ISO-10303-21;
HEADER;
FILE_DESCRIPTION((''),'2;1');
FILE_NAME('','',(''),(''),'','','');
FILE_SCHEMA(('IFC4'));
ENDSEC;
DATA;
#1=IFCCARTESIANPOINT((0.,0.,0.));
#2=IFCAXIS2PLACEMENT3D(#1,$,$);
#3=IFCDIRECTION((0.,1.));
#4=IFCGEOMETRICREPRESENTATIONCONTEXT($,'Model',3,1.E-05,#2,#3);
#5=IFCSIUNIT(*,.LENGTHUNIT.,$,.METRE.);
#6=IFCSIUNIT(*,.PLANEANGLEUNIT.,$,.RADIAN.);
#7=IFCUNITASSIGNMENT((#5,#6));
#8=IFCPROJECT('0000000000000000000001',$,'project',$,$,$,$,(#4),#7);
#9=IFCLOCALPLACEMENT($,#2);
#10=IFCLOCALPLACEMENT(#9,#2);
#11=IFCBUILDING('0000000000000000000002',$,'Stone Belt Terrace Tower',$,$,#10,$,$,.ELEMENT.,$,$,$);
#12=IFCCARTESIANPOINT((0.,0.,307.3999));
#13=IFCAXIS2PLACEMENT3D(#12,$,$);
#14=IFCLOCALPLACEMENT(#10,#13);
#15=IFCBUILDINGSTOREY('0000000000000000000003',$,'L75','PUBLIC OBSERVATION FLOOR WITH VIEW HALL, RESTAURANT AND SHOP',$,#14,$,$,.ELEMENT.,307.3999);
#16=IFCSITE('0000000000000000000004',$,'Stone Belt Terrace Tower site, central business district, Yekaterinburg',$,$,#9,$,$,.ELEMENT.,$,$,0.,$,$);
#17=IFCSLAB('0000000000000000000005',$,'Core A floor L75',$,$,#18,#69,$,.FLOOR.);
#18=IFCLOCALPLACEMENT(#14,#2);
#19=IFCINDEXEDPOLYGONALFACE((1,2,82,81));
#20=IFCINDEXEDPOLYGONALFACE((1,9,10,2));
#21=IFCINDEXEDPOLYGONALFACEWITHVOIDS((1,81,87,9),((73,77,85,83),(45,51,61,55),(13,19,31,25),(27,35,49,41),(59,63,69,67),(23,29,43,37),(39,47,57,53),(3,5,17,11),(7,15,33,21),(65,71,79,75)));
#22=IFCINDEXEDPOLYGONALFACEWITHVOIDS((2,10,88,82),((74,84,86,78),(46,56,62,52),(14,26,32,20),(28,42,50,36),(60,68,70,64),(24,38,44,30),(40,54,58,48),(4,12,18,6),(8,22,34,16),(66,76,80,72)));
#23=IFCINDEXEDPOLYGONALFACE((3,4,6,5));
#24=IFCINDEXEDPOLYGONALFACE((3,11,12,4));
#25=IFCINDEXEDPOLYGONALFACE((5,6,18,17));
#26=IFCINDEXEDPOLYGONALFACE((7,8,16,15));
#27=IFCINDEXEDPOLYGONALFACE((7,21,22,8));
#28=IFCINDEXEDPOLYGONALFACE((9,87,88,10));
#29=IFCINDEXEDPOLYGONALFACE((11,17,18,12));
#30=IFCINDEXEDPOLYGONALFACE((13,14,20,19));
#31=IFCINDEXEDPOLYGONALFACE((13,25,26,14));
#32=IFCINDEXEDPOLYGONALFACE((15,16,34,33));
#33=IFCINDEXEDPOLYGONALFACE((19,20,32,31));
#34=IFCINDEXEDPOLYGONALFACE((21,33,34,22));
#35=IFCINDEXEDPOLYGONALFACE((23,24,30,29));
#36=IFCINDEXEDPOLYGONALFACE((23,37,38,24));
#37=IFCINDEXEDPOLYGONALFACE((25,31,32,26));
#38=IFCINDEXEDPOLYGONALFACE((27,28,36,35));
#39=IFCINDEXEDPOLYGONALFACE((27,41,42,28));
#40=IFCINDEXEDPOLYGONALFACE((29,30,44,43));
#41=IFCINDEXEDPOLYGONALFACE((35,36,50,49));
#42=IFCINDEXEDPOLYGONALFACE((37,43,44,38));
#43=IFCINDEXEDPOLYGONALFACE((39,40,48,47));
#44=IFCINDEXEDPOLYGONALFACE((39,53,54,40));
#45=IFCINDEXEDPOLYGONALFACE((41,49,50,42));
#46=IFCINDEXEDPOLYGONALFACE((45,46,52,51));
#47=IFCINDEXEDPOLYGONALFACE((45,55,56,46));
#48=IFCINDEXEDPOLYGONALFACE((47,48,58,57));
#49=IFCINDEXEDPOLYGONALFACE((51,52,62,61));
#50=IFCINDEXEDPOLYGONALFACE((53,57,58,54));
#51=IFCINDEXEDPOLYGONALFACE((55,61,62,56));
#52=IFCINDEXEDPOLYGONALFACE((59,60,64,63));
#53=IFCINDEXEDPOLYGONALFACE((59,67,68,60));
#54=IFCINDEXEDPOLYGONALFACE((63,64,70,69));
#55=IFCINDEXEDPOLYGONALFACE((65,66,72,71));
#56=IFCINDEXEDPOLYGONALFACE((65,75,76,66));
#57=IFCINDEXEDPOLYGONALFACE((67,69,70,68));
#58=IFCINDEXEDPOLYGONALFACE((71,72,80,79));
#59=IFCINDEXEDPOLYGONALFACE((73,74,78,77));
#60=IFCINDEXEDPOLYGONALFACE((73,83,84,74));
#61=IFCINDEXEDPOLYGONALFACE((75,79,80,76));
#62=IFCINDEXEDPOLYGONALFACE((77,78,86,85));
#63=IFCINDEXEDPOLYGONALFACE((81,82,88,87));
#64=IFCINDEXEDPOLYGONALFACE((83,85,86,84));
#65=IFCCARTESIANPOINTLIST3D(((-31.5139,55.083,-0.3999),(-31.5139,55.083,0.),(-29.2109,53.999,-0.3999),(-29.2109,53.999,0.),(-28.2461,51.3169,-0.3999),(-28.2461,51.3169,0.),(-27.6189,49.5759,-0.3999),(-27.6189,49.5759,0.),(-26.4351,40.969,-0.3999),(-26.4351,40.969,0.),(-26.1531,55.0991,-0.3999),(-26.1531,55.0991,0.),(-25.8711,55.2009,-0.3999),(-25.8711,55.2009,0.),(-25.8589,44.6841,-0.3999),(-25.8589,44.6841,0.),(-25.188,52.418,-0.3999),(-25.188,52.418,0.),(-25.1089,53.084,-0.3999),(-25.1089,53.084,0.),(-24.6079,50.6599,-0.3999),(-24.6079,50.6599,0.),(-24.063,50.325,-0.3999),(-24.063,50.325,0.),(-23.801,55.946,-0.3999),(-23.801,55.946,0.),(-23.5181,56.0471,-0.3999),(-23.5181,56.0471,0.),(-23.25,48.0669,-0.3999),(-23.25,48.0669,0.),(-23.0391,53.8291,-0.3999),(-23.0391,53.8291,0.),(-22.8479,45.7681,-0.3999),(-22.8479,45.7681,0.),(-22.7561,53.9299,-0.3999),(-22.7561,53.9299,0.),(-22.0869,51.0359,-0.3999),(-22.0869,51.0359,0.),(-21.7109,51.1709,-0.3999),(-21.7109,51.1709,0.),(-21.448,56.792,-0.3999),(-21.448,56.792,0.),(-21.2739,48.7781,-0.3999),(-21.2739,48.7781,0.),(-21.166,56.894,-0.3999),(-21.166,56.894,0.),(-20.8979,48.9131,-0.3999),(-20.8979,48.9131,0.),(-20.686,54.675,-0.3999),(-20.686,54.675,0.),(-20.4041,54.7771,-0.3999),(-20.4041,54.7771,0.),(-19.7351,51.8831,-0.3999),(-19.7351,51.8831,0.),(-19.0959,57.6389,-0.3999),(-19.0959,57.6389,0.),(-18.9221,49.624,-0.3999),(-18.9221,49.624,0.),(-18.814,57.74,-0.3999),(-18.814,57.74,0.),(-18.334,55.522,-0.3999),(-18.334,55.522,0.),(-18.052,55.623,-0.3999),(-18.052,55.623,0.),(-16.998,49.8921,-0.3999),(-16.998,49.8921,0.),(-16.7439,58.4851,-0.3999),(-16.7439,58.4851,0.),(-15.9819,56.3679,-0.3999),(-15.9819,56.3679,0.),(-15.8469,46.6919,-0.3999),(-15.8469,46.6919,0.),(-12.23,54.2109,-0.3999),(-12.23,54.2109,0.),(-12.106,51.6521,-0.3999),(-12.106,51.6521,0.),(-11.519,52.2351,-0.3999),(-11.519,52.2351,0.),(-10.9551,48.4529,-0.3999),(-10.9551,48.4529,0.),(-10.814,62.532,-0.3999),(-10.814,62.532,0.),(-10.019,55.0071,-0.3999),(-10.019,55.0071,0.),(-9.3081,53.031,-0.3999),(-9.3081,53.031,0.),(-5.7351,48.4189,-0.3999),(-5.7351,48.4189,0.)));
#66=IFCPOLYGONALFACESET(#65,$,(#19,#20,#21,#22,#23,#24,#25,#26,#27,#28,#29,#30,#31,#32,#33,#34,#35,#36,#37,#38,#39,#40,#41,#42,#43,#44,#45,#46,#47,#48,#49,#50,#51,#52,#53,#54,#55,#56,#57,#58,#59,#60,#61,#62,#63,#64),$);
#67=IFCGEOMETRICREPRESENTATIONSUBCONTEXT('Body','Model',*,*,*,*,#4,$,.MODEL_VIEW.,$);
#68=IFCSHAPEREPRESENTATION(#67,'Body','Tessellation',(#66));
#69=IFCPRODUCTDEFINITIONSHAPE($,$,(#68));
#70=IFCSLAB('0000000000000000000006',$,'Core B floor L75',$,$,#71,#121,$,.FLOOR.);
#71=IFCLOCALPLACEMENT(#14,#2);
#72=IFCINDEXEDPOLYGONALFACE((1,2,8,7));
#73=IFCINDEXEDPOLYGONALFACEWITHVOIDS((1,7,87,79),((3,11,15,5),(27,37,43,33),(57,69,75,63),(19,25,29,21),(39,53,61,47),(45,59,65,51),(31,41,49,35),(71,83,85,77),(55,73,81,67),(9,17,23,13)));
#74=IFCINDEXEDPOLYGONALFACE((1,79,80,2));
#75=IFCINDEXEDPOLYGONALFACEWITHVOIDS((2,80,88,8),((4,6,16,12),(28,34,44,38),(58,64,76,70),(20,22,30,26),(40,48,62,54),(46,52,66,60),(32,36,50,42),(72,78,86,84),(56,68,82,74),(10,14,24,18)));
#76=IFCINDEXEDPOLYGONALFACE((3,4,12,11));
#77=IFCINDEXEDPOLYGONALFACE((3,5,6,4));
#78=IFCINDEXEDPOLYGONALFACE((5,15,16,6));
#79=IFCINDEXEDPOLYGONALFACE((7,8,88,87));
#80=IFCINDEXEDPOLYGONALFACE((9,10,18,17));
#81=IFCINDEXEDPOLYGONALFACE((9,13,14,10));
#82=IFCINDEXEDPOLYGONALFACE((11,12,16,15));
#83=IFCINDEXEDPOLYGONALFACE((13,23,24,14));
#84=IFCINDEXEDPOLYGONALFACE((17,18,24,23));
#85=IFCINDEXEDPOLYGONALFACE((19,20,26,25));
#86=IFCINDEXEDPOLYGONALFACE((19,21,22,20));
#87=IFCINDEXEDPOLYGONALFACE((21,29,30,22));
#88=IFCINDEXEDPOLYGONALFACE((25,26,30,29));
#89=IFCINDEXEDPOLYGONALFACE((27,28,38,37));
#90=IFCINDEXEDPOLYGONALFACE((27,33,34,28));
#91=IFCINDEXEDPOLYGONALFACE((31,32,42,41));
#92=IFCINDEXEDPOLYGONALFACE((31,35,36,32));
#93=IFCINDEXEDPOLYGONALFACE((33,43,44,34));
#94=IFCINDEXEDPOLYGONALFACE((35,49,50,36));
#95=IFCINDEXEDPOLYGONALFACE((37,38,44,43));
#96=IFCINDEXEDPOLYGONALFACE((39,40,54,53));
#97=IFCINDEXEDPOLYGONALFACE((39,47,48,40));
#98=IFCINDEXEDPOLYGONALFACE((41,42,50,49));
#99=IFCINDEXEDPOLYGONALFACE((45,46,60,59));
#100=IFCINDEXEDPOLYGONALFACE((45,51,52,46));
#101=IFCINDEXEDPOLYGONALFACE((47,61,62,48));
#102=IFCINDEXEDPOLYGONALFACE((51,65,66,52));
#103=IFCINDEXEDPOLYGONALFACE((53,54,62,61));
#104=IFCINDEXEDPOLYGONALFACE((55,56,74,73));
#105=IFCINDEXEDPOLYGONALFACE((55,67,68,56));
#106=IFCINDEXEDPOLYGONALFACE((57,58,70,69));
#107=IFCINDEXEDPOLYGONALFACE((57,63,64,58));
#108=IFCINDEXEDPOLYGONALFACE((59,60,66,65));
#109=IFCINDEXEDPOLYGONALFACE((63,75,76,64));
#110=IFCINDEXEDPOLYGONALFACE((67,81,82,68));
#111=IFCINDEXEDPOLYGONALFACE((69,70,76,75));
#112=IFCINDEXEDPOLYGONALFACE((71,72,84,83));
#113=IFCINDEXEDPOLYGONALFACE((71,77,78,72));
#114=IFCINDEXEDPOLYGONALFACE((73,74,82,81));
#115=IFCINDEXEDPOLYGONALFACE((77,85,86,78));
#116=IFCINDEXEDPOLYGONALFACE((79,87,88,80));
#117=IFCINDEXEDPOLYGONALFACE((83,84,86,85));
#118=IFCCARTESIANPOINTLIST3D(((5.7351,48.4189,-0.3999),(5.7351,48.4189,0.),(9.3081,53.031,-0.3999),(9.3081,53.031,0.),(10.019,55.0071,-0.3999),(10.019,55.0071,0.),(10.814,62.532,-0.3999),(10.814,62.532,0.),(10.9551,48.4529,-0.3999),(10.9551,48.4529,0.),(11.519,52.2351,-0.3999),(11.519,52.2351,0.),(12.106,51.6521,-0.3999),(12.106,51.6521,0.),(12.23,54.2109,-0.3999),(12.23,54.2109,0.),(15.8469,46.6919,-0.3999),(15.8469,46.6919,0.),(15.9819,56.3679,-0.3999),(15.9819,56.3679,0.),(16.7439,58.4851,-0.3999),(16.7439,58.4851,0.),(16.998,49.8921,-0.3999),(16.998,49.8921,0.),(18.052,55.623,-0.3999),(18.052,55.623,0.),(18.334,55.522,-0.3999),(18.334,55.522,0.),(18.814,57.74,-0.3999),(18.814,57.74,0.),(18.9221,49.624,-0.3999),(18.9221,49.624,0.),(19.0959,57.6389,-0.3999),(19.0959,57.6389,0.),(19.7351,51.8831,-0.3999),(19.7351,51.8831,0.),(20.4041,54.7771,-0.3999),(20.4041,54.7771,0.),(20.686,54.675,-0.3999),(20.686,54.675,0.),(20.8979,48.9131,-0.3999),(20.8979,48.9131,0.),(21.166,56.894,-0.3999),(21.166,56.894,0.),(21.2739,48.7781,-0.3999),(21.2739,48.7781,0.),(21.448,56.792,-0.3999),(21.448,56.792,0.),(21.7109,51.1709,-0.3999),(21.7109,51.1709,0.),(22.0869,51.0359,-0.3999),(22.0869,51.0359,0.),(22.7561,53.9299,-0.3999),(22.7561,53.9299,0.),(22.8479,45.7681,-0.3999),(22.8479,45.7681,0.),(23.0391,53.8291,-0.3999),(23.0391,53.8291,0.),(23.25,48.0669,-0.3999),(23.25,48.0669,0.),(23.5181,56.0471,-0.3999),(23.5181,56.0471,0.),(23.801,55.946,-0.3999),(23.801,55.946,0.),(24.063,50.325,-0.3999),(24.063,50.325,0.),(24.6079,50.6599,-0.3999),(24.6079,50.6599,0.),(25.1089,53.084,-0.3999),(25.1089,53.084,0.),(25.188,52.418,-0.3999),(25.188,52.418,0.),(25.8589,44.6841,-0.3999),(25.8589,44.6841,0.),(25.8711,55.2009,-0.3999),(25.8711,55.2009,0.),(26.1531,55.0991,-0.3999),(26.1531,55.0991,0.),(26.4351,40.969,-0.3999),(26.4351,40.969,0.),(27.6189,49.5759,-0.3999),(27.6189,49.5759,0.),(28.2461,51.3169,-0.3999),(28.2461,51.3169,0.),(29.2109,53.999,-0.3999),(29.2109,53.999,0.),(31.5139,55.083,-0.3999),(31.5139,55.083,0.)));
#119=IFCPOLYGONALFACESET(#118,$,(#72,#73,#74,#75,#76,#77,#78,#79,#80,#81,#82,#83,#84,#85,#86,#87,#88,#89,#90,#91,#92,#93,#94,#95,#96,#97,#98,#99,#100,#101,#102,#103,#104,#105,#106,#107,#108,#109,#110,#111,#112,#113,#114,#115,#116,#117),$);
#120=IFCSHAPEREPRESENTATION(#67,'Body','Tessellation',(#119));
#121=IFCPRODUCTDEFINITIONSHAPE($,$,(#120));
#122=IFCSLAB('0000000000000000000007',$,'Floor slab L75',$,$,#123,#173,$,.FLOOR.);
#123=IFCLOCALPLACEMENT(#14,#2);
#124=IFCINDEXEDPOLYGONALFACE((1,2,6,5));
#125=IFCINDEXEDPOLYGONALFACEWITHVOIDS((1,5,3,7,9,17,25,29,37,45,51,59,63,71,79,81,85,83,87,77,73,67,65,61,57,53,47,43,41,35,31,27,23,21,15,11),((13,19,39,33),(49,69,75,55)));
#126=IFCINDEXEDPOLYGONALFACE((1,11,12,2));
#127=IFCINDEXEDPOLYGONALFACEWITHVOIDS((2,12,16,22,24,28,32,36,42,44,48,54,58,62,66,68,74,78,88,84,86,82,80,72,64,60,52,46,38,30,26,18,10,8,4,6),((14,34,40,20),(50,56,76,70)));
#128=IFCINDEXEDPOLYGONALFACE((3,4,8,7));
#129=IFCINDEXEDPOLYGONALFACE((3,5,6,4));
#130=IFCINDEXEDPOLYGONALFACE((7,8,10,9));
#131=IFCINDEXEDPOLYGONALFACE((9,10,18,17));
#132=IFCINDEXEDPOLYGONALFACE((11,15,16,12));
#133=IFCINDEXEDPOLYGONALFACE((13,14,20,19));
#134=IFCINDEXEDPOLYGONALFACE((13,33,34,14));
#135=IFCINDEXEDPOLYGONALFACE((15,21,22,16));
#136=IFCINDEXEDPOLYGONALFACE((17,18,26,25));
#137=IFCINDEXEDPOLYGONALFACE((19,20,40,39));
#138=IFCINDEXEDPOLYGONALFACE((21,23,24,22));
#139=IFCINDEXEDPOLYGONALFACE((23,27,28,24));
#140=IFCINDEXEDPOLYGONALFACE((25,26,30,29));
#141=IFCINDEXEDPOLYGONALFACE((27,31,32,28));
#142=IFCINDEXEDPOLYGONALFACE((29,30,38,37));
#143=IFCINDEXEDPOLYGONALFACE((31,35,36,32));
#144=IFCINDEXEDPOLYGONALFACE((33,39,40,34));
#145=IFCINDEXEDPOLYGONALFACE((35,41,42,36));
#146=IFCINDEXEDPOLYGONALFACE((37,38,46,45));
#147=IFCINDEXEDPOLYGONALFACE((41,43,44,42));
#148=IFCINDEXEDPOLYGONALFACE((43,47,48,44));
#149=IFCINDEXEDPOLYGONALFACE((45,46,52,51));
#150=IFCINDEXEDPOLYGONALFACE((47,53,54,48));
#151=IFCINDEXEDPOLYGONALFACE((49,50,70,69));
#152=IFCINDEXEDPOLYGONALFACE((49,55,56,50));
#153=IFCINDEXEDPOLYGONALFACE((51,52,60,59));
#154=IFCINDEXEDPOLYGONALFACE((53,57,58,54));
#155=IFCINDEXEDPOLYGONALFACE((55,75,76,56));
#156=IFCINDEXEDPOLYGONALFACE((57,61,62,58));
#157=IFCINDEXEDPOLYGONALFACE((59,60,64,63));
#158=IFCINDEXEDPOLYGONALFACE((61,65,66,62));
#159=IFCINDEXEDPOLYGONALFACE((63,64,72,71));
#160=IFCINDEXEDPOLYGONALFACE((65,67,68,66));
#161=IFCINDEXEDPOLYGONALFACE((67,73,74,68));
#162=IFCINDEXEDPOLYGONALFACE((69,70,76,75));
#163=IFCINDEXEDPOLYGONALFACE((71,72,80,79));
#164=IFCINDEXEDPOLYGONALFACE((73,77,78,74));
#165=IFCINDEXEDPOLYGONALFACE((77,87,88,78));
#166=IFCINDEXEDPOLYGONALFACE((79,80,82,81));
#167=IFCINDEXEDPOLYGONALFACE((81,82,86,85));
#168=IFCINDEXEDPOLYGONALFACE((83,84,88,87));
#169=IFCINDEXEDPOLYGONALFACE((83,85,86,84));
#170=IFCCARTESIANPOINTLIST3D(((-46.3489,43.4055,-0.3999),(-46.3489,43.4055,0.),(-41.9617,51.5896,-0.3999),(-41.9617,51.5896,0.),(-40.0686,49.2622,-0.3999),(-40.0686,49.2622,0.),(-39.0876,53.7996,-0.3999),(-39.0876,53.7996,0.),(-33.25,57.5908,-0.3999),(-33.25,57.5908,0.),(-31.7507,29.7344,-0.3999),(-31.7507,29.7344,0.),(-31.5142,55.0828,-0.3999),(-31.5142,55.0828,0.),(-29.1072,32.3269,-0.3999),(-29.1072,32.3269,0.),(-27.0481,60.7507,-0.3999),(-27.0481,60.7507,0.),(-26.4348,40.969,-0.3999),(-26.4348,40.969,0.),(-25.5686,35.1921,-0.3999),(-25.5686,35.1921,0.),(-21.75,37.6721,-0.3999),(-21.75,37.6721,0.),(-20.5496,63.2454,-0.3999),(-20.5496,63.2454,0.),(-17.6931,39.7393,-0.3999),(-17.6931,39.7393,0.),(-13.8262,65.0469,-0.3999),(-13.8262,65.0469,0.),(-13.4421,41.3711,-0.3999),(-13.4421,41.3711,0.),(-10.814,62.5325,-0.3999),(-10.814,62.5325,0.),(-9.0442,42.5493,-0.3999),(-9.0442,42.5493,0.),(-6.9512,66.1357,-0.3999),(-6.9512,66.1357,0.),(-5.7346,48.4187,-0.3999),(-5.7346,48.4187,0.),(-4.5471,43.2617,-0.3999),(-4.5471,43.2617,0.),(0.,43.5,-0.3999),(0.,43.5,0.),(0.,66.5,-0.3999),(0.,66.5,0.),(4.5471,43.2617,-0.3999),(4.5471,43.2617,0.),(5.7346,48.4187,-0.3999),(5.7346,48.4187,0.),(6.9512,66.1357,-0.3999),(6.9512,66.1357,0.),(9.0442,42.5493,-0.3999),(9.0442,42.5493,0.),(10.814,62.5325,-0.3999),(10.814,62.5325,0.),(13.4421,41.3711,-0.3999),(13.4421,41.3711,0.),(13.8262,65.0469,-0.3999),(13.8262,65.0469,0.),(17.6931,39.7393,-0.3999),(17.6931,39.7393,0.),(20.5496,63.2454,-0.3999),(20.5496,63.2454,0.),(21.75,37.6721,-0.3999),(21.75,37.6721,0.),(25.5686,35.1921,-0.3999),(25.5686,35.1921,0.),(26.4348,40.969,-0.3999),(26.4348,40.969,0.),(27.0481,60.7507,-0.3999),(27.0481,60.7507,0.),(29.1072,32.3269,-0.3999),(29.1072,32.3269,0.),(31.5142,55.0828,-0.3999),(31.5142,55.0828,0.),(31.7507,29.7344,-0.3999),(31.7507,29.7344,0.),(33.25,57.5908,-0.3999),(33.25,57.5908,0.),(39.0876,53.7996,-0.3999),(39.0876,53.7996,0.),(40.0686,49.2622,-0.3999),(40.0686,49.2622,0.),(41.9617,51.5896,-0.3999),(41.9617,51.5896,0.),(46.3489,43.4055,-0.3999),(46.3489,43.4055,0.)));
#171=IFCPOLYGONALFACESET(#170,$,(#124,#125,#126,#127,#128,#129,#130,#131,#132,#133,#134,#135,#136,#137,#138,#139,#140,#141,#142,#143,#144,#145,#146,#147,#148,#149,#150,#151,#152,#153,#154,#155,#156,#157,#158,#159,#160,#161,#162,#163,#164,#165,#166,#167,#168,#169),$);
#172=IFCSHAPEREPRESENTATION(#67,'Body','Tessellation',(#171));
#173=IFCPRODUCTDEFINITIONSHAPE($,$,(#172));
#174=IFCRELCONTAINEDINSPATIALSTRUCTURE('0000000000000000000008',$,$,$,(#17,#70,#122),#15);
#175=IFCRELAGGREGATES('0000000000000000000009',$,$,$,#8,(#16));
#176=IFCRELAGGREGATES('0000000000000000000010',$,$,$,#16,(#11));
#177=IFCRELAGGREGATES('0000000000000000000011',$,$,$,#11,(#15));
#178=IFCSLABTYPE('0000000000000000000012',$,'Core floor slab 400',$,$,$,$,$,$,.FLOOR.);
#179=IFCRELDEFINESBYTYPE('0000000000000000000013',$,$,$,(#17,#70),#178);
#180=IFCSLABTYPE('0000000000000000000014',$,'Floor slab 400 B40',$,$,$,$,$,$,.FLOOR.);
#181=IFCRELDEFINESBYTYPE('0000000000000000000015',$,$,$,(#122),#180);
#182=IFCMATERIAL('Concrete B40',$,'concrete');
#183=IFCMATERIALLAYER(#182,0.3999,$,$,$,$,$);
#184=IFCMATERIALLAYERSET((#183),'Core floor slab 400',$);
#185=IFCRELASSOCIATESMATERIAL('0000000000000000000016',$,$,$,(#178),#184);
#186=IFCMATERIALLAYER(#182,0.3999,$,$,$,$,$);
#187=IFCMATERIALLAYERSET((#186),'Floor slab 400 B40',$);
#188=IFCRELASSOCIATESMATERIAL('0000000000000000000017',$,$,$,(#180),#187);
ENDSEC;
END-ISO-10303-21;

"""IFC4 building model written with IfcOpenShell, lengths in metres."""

from ifc_helpers import new_model, si_unit, direction, frame, origin, place, context, subcontext, project, spatial, polyline, outline, extrude, material, layer, layer_set, type_object, element, save


model = new_model("IFC4")

# Units and contexts
model_context = context("Model", 3, precision=1e-05, world=origin(), true_north=direction((0.0, 1.0)))
body_context = subcontext(model_context, "Body", "Model", "MODEL_VIEW")
ifc_project = project(units=[si_unit("LENGTHUNIT", "METRE"), si_unit("PLANEANGLEUNIT", "RADIAN")], contexts=[model_context])

# Site, building, storey
site_placement = place(None, origin())
site = spatial("IfcSite", under=ifc_project, at=site_placement, Name="Stone Belt Terrace Tower site, central business district, Yekaterinburg", CompositionType="ELEMENT", RefElevation=0.0)
building_placement = place(site_placement, origin())
building = spatial("IfcBuilding", under=site, at=building_placement, Name="Stone Belt Terrace Tower", CompositionType="ELEMENT")
storey_placement = place(building_placement, frame((0.0, 0.0, 307.3999)))
storey = spatial("IfcBuildingStorey", under=building, at=storey_placement, Name="L75", Description="PUBLIC OBSERVATION FLOOR WITH VIEW HALL, RESTAURANT AND SHOP", CompositionType="ELEMENT", Elevation=307.3999)

# Slabs
ifc_material_1 = material(Name="Concrete B40", Category="concrete")
ifc_layer_1 = layer(ifc_material_1, 0.3999)
ifc_layer_set_1 = layer_set([ifc_layer_1], Name="Core floor slab 400")
slab_type_1 = type_object("IfcSlabType", Name="Core floor slab 400", PredefinedType="FLOOR", material=ifc_layer_set_1)
slab_1_placement = place(storey_placement, frame((0.0, 0.0, -0.3999)))
element("IfcSlab", 1, at=slab_1_placement, inside=storey, type_object=slab_type_1, Name="Core A floor L75", PredefinedType="FLOOR", context=body_context, shape_type="SweptSolid", body=[
    extrude(outline(polyline([(-26.4351, 40.969), (-5.7351, 48.4189), (-10.814, 62.532), (-31.5139, 55.083), (-26.4351, 40.969)]), holes=[polyline([(-24.6079, 50.6599), (-22.8479, 45.7681), (-25.8589, 44.6841), (-27.6189, 49.5759), (-24.6079, 50.6599)]), polyline([(-10.9551, 48.4529), (-15.8469, 46.6919), (-16.998, 49.8921), (-12.106, 51.6521), (-10.9551, 48.4529)]), polyline([(-22.0869, 51.0359), (-21.2739, 48.7781), (-23.25, 48.0669), (-24.063, 50.325), (-22.0869, 51.0359)]), polyline([(-18.9221, 49.624), (-20.8979, 48.9131), (-21.7109, 51.1709), (-19.7351, 51.8831), (-18.9221, 49.624)]), polyline([(-29.2109, 53.999), (-26.1531, 55.0991), (-25.188, 52.418), (-28.2461, 51.3169), (-29.2109, 53.999)]), polyline([(-10.019, 55.0071), (-9.3081, 53.031), (-11.519, 52.2351), (-12.23, 54.2109), (-10.019, 55.0071)]), polyline([(-25.8711, 55.2009), (-23.801, 55.946), (-23.0391, 53.8291), (-25.1089, 53.084), (-25.8711, 55.2009)]), polyline([(-23.5181, 56.0471), (-21.448, 56.792), (-20.686, 54.675), (-22.7561, 53.9299), (-23.5181, 56.0471)]), polyline([(-19.0959, 57.6389), (-18.334, 55.522), (-20.4041, 54.7771), (-21.166, 56.894), (-19.0959, 57.6389)]), polyline([(-16.7439, 58.4851), (-15.9819, 56.3679), (-18.052, 55.623), (-18.814, 57.74), (-16.7439, 58.4851)])]), origin(), (0.0, 0.0, 1.0), 0.3999),
])
slab_2_placement = place(storey_placement, frame((0.0, 0.0, -0.3999)))
element("IfcSlab", 2, at=slab_2_placement, inside=storey, type_object=slab_type_1, Name="Core B floor L75", PredefinedType="FLOOR", context=body_context, shape_type="SweptSolid", body=[
    extrude(outline(polyline([(26.4351, 40.969), (31.5139, 55.083), (10.814, 62.532), (5.7351, 48.4189), (26.4351, 40.969)]), holes=[polyline([(27.6189, 49.5759), (25.8589, 44.6841), (22.8479, 45.7681), (24.6079, 50.6599), (27.6189, 49.5759)]), polyline([(12.106, 51.6521), (16.998, 49.8921), (15.8469, 46.6919), (10.9551, 48.4529), (12.106, 51.6521)]), polyline([(23.25, 48.0669), (21.2739, 48.7781), (22.0869, 51.0359), (24.063, 50.325), (23.25, 48.0669)]), polyline([(18.9221, 49.624), (19.7351, 51.8831), (21.7109, 51.1709), (20.8979, 48.9131), (18.9221, 49.624)]), polyline([(29.2109, 53.999), (28.2461, 51.3169), (25.188, 52.418), (26.1531, 55.0991), (29.2109, 53.999)]), polyline([(11.519, 52.2351), (9.3081, 53.031), (10.019, 55.0071), (12.23, 54.2109), (11.519, 52.2351)]), polyline([(23.0391, 53.8291), (23.801, 55.946), (25.8711, 55.2009), (25.1089, 53.084), (23.0391, 53.8291)]), polyline([(20.686, 54.675), (21.448, 56.792), (23.5181, 56.0471), (22.7561, 53.9299), (20.686, 54.675)]), polyline([(19.0959, 57.6389), (21.166, 56.894), (20.4041, 54.7771), (18.334, 55.522), (19.0959, 57.6389)]), polyline([(16.7439, 58.4851), (18.814, 57.74), (18.052, 55.623), (15.9819, 56.3679), (16.7439, 58.4851)])]), origin(), (0.0, 0.0, 1.0), 0.3999),
])
ifc_layer_2 = layer(ifc_material_1, 0.3999)
ifc_layer_set_2 = layer_set([ifc_layer_2], Name="Floor slab 400 B40")
slab_type_2 = type_object("IfcSlabType", Name="Floor slab 400 B40", PredefinedType="FLOOR", material=ifc_layer_set_2)
slab_3_placement = place(storey_placement, frame((0.0, 0.0, -0.3999)))
element("IfcSlab", 3, at=slab_3_placement, inside=storey, type_object=slab_type_2, Name="Floor slab L75", PredefinedType="FLOOR", context=body_context, shape_type="SweptSolid", body=[
    extrude(outline(polyline([(-40.0686, 49.2622), (-41.9617, 51.5896), (-39.0876, 53.7996), (-33.25, 57.5908), (-27.0481, 60.7507), (-20.5496, 63.2454), (-13.8262, 65.0469), (-6.9512, 66.1357), (0.0, 66.5), (6.9512, 66.1357), (13.8262, 65.0469), (20.5496, 63.2454), (27.0481, 60.7507), (33.25, 57.5908), (39.0876, 53.7996), (41.9617, 51.5896), (40.0686, 49.2622), (46.3489, 43.4055), (31.7507, 29.7344), (29.1072, 32.3269), (25.5686, 35.1921), (21.75, 37.6721), (17.6931, 39.7393), (13.4421, 41.3711), (9.0442, 42.5493), (4.5471, 43.2617), (0.0, 43.5), (-4.5471, 43.2617), (-9.0442, 42.5493), (-13.4421, 41.3711), (-17.6931, 39.7393), (-21.75, 37.6721), (-25.5686, 35.1921), (-29.1072, 32.3269), (-31.7507, 29.7344), (-46.3489, 43.4055), (-40.0686, 49.2622)]), holes=[polyline([(-10.814, 62.5325), (-31.5142, 55.0828), (-26.4348, 40.969), (-5.7346, 48.4187), (-10.814, 62.5325)]), polyline([(26.4348, 40.969), (31.5142, 55.0828), (10.814, 62.5325), (5.7346, 48.4187), (26.4348, 40.969)])]), origin(), (0.0, 0.0, 1.0), 0.3999),
])

save(model, "model.ifc")
